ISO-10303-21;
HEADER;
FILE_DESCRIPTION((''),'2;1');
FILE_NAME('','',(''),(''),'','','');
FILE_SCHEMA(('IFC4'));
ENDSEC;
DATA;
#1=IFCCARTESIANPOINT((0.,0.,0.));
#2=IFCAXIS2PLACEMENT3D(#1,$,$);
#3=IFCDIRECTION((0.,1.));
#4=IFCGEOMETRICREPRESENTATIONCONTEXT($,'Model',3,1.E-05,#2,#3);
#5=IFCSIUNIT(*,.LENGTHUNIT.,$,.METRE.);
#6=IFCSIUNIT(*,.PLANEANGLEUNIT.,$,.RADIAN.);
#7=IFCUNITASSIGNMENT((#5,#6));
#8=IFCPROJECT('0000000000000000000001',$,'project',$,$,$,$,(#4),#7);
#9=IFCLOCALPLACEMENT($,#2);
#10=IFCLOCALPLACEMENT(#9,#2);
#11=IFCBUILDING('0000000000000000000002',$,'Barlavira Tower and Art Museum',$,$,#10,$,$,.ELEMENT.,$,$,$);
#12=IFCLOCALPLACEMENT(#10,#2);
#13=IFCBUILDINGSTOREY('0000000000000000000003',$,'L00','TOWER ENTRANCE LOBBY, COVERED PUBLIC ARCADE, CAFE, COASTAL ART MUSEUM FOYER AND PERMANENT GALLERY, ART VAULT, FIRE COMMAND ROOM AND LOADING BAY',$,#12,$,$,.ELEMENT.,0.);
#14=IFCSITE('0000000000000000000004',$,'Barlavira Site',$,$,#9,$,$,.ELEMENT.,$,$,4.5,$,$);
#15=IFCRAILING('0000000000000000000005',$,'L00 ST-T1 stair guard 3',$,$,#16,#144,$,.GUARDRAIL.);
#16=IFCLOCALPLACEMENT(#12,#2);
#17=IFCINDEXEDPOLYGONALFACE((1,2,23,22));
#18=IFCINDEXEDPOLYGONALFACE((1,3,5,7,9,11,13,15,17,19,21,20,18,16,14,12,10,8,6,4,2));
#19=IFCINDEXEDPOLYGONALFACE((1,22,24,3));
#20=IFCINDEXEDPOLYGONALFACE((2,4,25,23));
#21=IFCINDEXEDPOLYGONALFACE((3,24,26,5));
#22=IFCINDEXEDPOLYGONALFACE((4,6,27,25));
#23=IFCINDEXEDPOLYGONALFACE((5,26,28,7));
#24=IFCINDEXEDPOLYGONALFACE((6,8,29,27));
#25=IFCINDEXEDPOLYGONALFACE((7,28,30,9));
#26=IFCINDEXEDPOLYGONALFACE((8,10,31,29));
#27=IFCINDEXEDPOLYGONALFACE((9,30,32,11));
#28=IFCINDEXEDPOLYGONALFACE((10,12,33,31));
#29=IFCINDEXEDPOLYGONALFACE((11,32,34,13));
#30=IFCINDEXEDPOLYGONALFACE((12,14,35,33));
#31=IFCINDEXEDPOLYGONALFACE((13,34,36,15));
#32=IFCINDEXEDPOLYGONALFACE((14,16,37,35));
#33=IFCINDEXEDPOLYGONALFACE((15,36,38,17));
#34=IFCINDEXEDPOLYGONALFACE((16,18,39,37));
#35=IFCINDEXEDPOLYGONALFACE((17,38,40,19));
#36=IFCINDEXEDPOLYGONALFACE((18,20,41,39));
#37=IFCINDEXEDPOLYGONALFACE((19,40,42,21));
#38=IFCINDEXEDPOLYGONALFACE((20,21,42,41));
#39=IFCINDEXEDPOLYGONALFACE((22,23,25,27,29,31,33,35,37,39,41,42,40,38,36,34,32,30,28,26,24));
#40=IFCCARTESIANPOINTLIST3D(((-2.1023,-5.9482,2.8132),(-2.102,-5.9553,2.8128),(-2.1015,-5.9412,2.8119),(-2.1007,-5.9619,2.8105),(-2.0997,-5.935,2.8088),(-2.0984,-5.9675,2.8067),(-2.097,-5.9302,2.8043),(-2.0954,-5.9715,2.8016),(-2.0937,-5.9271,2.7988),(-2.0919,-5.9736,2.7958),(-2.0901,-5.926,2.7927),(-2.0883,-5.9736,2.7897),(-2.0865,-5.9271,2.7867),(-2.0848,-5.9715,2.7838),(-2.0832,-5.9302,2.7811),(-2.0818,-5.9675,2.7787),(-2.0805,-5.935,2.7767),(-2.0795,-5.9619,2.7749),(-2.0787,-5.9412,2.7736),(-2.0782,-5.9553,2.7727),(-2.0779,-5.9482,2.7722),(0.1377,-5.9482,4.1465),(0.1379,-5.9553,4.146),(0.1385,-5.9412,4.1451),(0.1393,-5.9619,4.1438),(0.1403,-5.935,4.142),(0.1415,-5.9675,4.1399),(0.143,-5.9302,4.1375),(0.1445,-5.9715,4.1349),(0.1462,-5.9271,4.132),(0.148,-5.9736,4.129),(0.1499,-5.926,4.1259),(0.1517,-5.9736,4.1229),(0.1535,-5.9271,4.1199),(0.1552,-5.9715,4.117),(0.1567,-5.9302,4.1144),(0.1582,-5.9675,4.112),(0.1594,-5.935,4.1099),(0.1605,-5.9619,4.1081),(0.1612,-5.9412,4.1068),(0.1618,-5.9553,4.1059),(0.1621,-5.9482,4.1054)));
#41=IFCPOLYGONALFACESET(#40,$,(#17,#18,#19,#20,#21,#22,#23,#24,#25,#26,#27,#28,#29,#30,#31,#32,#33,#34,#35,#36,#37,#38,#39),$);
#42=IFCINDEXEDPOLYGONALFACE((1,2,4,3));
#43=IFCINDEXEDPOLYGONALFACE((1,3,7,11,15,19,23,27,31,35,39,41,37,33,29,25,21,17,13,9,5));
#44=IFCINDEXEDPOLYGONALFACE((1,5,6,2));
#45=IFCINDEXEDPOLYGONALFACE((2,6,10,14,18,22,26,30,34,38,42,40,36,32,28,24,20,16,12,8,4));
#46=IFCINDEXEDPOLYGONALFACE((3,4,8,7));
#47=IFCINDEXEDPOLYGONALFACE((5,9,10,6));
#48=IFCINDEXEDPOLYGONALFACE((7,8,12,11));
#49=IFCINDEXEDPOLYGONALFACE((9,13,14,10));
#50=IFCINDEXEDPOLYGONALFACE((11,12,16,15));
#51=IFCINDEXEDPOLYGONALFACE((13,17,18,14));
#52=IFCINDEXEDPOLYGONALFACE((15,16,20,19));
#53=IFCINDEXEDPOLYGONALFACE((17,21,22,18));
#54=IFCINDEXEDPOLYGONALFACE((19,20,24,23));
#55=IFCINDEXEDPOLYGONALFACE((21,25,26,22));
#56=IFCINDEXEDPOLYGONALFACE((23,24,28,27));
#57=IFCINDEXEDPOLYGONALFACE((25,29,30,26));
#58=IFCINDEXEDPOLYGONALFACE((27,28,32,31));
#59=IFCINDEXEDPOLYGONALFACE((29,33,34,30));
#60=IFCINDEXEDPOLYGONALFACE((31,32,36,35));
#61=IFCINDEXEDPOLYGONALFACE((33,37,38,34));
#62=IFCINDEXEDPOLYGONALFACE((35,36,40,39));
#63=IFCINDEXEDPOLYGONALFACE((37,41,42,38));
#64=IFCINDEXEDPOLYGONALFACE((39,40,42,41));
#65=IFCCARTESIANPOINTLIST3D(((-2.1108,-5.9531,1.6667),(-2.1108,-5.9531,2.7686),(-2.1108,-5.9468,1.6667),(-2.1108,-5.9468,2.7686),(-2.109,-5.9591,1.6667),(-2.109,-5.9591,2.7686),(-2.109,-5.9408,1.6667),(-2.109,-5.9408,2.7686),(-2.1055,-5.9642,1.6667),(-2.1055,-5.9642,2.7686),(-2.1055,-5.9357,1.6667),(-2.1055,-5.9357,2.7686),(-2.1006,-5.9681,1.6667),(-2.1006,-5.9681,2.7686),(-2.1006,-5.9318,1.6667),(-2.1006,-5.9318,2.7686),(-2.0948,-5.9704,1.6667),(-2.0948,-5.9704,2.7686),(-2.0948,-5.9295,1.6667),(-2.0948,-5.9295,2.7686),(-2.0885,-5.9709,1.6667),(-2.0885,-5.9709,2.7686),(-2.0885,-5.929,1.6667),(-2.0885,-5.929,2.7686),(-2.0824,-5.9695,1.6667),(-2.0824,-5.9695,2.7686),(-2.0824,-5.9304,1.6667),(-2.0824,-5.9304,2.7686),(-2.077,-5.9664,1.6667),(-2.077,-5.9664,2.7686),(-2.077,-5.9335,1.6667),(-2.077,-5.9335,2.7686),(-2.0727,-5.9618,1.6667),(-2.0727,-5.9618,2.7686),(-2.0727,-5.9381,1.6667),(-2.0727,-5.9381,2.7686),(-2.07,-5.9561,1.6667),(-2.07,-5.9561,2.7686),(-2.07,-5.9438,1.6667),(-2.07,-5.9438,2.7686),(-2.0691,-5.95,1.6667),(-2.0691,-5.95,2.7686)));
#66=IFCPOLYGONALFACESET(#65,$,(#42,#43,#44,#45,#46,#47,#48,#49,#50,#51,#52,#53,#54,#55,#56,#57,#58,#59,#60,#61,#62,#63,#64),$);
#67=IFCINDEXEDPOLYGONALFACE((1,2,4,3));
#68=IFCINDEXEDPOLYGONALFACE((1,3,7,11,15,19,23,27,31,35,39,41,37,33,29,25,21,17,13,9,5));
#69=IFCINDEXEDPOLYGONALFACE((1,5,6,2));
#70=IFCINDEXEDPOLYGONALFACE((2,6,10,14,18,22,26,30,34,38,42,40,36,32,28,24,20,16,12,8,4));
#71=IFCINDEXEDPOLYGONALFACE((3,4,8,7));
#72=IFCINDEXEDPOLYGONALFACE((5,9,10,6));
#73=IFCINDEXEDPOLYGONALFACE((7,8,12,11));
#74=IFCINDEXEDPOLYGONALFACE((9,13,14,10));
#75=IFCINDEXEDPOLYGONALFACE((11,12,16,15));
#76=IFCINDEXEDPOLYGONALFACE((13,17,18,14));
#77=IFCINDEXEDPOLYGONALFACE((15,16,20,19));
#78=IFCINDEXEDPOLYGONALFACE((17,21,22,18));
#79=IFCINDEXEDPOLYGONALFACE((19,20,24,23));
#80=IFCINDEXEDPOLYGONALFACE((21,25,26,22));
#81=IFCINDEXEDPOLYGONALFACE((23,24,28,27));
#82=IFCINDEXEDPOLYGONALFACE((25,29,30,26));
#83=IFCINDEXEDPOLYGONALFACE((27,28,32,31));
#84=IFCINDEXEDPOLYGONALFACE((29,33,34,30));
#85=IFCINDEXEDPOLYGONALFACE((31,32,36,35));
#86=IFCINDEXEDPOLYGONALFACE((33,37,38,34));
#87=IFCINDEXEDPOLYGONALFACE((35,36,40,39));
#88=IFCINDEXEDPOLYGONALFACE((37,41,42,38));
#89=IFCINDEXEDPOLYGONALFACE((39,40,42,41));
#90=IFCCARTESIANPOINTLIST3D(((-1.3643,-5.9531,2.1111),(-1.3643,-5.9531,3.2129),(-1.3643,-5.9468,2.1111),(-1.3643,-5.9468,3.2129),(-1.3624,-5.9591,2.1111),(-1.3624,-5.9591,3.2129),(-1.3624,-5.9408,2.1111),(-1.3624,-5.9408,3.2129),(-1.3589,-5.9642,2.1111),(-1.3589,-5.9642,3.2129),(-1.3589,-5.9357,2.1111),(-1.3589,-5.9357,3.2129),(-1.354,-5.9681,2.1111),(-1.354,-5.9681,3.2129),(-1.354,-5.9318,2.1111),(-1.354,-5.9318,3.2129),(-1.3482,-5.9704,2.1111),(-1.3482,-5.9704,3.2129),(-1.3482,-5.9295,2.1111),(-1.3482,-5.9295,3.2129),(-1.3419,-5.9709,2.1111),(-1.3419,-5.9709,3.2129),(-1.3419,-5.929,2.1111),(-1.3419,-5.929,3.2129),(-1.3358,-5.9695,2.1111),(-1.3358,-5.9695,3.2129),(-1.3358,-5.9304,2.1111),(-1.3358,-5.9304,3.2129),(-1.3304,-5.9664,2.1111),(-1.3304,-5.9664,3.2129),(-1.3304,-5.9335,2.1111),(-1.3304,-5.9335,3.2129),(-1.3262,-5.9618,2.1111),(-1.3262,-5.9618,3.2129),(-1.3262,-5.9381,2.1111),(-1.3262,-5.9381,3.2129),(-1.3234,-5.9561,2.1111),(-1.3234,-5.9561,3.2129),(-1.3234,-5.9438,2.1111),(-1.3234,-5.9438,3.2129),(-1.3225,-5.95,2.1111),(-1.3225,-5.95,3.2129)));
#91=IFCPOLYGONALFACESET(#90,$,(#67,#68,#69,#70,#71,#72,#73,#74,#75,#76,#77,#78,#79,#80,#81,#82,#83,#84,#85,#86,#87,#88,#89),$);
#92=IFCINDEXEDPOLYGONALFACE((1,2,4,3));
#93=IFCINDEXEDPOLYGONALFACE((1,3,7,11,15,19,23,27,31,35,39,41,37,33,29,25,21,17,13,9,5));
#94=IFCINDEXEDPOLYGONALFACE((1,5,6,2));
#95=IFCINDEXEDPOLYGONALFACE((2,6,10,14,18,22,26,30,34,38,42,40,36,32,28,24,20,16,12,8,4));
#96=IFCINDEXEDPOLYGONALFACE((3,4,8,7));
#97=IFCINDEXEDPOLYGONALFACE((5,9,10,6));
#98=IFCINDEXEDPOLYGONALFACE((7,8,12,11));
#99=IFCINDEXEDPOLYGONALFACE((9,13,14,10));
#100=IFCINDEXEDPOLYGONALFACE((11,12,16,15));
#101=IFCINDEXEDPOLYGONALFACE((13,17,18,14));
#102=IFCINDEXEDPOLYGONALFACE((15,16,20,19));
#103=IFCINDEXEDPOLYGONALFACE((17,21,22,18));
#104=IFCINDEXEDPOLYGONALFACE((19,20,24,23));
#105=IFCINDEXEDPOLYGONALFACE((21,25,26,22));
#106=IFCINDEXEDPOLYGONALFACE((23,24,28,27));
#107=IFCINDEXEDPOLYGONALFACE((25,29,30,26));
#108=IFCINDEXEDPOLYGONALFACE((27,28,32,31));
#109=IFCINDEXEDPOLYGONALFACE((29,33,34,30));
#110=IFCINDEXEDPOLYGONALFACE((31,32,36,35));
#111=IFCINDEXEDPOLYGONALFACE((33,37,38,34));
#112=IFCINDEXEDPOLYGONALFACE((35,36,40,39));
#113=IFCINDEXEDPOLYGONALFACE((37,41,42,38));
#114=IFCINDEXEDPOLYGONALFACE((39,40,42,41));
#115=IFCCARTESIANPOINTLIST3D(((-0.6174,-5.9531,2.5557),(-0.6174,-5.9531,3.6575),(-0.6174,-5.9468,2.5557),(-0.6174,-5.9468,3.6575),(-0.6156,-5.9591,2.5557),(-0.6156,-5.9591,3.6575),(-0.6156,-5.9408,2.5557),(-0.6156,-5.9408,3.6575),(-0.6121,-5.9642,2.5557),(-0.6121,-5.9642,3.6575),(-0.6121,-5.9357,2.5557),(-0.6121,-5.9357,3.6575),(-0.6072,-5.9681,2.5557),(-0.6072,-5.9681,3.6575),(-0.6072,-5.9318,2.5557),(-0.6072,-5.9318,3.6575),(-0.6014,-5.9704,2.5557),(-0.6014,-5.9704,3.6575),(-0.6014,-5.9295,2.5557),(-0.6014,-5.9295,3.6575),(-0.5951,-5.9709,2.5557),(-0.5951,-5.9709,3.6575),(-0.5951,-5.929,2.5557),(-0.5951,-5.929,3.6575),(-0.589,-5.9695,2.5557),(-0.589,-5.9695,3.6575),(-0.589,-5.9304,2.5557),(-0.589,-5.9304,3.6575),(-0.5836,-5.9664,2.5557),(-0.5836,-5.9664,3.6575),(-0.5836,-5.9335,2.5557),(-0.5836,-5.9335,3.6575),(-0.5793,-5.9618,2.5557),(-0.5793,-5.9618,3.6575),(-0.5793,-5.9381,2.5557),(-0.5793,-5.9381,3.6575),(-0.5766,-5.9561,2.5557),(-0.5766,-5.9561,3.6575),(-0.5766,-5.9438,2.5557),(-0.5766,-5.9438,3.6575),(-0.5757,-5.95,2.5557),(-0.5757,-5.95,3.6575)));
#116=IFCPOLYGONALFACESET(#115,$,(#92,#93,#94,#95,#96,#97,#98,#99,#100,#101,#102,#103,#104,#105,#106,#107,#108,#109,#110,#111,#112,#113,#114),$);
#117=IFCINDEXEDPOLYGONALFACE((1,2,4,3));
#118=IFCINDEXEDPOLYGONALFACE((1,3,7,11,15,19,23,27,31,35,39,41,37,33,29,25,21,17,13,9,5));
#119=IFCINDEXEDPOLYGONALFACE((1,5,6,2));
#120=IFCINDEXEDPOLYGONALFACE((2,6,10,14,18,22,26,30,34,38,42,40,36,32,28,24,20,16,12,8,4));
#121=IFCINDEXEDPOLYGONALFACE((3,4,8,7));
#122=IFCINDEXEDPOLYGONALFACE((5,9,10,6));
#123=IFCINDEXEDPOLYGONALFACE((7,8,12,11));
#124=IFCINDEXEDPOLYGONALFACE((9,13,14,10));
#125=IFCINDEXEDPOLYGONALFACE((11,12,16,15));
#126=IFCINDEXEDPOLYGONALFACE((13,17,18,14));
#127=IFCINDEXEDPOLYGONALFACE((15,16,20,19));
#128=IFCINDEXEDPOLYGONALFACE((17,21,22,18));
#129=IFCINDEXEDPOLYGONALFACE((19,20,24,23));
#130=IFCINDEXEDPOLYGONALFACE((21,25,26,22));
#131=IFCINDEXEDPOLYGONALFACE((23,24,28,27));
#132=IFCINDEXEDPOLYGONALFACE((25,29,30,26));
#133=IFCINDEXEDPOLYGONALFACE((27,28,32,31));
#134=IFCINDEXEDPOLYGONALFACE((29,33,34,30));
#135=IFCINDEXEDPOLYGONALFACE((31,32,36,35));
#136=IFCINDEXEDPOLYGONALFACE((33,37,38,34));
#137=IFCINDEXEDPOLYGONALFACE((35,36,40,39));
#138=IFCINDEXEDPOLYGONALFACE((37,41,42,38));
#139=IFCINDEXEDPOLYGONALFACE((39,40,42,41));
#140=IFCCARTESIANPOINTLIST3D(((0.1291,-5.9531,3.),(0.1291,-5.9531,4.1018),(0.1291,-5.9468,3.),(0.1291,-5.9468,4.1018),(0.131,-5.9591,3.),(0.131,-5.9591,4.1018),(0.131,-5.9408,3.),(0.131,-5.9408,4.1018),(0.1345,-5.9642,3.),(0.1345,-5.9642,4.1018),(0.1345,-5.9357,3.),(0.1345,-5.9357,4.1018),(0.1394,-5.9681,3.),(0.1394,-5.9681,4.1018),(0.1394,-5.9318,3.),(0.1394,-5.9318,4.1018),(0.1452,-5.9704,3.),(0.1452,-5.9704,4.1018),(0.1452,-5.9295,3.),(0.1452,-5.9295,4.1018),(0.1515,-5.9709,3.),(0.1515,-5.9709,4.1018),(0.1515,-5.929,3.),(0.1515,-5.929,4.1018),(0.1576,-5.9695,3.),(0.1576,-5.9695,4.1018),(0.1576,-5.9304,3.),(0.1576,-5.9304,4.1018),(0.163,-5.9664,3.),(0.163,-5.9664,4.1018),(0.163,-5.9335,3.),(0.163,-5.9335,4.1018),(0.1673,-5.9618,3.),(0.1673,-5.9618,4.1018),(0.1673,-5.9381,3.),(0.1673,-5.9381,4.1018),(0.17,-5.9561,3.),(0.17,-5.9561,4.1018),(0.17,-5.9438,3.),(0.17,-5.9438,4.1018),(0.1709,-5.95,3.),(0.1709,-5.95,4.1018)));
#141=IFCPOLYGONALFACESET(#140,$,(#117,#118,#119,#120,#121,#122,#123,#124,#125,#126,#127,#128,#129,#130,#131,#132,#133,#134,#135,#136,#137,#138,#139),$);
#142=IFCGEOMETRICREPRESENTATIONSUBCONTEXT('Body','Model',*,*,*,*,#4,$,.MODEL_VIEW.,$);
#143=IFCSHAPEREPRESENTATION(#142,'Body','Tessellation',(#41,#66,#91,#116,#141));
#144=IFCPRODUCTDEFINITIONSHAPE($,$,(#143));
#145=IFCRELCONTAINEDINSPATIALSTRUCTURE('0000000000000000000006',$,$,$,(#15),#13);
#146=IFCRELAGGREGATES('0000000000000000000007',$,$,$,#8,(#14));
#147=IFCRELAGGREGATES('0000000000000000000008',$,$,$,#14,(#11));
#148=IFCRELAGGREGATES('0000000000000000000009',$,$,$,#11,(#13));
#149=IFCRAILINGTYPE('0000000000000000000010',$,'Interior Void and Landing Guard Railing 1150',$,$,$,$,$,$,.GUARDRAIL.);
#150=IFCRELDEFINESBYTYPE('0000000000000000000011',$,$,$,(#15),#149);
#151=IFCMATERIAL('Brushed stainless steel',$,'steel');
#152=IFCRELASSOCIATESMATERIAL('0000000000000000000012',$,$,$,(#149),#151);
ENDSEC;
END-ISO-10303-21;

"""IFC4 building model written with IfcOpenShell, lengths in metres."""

from ifc_helpers import new_model, si_unit, direction, frame, origin, origin_2d, place, context, subcontext, project, spatial, circle, extrude, material, type_object, element, save


model = new_model("IFC4")

# Units and contexts
model_context = context("Model", 3, precision=1e-05, world=origin(), true_north=direction((0.0, 1.0)))
body_context = subcontext(model_context, "Body", "Model", "MODEL_VIEW")
ifc_project = project(units=[si_unit("LENGTHUNIT", "METRE"), si_unit("PLANEANGLEUNIT", "RADIAN")], contexts=[model_context])

# Site, building, storey
site_placement = place(None, origin())
site = spatial("IfcSite", under=ifc_project, at=site_placement, Name="Barlavira Site", CompositionType="ELEMENT", RefElevation=4.5)
building_placement = place(site_placement, origin())
building = spatial("IfcBuilding", under=site, at=building_placement, Name="Barlavira Tower and Art Museum", CompositionType="ELEMENT")
storey_placement = place(building_placement, origin())
storey = spatial("IfcBuildingStorey", under=building, at=storey_placement, Name="L00", Description="TOWER ENTRANCE LOBBY, COVERED PUBLIC ARCADE, CAFE, COASTAL ART MUSEUM FOYER AND PERMANENT GALLERY, ART VAULT, FIRE COMMAND ROOM AND LOADING BAY", CompositionType="ELEMENT", Elevation=0.0)

# Shared definitions
ifc_material_1 = material(Name="Brushed stainless steel", Category="steel")

# Railing
railing_type_1 = type_object("IfcRailingType", Name="Interior Void and Landing Guard Railing 1150", PredefinedType="GUARDRAIL", material=ifc_material_1)
railing_1_placement = place(storey_placement, frame((-2.0901, -5.95, 1.6667)))
element("IfcRailing", 1, at=railing_1_placement, inside=storey, type_object=railing_type_1, Name="L00 ST-T1 stair guard 3", PredefinedType="GUARDRAIL", context=body_context, shape_type="SweptSolid", body=[
    extrude(circle(Radius=0.0239, at=origin_2d()), frame((0.0, 0.0, 1.126), z_axis=(0.859306, 0.0, 0.511462), x_axis=(0.0, 1.0, 0.0)), (0.0, 0.0, 1.0), 2.6067),
    extrude(circle(Radius=0.021, at=origin_2d()), origin(), (0.0, 0.0, 1.0), 1.1018),
    extrude(circle(Radius=0.021, at=origin_2d()), frame((0.7466, 0.0, 0.4443)), (0.0, 0.0, 1.0), 1.1018),
    extrude(circle(Radius=0.021, at=origin_2d()), frame((1.4934, 0.0, 0.8889)), (0.0, 0.0, 1.0), 1.1018),
    extrude(circle(Radius=0.021, at=origin_2d()), frame((2.24, 0.0, 1.3333)), (0.0, 0.0, 1.0), 1.1018),
])

save(model, "model.ifc")
